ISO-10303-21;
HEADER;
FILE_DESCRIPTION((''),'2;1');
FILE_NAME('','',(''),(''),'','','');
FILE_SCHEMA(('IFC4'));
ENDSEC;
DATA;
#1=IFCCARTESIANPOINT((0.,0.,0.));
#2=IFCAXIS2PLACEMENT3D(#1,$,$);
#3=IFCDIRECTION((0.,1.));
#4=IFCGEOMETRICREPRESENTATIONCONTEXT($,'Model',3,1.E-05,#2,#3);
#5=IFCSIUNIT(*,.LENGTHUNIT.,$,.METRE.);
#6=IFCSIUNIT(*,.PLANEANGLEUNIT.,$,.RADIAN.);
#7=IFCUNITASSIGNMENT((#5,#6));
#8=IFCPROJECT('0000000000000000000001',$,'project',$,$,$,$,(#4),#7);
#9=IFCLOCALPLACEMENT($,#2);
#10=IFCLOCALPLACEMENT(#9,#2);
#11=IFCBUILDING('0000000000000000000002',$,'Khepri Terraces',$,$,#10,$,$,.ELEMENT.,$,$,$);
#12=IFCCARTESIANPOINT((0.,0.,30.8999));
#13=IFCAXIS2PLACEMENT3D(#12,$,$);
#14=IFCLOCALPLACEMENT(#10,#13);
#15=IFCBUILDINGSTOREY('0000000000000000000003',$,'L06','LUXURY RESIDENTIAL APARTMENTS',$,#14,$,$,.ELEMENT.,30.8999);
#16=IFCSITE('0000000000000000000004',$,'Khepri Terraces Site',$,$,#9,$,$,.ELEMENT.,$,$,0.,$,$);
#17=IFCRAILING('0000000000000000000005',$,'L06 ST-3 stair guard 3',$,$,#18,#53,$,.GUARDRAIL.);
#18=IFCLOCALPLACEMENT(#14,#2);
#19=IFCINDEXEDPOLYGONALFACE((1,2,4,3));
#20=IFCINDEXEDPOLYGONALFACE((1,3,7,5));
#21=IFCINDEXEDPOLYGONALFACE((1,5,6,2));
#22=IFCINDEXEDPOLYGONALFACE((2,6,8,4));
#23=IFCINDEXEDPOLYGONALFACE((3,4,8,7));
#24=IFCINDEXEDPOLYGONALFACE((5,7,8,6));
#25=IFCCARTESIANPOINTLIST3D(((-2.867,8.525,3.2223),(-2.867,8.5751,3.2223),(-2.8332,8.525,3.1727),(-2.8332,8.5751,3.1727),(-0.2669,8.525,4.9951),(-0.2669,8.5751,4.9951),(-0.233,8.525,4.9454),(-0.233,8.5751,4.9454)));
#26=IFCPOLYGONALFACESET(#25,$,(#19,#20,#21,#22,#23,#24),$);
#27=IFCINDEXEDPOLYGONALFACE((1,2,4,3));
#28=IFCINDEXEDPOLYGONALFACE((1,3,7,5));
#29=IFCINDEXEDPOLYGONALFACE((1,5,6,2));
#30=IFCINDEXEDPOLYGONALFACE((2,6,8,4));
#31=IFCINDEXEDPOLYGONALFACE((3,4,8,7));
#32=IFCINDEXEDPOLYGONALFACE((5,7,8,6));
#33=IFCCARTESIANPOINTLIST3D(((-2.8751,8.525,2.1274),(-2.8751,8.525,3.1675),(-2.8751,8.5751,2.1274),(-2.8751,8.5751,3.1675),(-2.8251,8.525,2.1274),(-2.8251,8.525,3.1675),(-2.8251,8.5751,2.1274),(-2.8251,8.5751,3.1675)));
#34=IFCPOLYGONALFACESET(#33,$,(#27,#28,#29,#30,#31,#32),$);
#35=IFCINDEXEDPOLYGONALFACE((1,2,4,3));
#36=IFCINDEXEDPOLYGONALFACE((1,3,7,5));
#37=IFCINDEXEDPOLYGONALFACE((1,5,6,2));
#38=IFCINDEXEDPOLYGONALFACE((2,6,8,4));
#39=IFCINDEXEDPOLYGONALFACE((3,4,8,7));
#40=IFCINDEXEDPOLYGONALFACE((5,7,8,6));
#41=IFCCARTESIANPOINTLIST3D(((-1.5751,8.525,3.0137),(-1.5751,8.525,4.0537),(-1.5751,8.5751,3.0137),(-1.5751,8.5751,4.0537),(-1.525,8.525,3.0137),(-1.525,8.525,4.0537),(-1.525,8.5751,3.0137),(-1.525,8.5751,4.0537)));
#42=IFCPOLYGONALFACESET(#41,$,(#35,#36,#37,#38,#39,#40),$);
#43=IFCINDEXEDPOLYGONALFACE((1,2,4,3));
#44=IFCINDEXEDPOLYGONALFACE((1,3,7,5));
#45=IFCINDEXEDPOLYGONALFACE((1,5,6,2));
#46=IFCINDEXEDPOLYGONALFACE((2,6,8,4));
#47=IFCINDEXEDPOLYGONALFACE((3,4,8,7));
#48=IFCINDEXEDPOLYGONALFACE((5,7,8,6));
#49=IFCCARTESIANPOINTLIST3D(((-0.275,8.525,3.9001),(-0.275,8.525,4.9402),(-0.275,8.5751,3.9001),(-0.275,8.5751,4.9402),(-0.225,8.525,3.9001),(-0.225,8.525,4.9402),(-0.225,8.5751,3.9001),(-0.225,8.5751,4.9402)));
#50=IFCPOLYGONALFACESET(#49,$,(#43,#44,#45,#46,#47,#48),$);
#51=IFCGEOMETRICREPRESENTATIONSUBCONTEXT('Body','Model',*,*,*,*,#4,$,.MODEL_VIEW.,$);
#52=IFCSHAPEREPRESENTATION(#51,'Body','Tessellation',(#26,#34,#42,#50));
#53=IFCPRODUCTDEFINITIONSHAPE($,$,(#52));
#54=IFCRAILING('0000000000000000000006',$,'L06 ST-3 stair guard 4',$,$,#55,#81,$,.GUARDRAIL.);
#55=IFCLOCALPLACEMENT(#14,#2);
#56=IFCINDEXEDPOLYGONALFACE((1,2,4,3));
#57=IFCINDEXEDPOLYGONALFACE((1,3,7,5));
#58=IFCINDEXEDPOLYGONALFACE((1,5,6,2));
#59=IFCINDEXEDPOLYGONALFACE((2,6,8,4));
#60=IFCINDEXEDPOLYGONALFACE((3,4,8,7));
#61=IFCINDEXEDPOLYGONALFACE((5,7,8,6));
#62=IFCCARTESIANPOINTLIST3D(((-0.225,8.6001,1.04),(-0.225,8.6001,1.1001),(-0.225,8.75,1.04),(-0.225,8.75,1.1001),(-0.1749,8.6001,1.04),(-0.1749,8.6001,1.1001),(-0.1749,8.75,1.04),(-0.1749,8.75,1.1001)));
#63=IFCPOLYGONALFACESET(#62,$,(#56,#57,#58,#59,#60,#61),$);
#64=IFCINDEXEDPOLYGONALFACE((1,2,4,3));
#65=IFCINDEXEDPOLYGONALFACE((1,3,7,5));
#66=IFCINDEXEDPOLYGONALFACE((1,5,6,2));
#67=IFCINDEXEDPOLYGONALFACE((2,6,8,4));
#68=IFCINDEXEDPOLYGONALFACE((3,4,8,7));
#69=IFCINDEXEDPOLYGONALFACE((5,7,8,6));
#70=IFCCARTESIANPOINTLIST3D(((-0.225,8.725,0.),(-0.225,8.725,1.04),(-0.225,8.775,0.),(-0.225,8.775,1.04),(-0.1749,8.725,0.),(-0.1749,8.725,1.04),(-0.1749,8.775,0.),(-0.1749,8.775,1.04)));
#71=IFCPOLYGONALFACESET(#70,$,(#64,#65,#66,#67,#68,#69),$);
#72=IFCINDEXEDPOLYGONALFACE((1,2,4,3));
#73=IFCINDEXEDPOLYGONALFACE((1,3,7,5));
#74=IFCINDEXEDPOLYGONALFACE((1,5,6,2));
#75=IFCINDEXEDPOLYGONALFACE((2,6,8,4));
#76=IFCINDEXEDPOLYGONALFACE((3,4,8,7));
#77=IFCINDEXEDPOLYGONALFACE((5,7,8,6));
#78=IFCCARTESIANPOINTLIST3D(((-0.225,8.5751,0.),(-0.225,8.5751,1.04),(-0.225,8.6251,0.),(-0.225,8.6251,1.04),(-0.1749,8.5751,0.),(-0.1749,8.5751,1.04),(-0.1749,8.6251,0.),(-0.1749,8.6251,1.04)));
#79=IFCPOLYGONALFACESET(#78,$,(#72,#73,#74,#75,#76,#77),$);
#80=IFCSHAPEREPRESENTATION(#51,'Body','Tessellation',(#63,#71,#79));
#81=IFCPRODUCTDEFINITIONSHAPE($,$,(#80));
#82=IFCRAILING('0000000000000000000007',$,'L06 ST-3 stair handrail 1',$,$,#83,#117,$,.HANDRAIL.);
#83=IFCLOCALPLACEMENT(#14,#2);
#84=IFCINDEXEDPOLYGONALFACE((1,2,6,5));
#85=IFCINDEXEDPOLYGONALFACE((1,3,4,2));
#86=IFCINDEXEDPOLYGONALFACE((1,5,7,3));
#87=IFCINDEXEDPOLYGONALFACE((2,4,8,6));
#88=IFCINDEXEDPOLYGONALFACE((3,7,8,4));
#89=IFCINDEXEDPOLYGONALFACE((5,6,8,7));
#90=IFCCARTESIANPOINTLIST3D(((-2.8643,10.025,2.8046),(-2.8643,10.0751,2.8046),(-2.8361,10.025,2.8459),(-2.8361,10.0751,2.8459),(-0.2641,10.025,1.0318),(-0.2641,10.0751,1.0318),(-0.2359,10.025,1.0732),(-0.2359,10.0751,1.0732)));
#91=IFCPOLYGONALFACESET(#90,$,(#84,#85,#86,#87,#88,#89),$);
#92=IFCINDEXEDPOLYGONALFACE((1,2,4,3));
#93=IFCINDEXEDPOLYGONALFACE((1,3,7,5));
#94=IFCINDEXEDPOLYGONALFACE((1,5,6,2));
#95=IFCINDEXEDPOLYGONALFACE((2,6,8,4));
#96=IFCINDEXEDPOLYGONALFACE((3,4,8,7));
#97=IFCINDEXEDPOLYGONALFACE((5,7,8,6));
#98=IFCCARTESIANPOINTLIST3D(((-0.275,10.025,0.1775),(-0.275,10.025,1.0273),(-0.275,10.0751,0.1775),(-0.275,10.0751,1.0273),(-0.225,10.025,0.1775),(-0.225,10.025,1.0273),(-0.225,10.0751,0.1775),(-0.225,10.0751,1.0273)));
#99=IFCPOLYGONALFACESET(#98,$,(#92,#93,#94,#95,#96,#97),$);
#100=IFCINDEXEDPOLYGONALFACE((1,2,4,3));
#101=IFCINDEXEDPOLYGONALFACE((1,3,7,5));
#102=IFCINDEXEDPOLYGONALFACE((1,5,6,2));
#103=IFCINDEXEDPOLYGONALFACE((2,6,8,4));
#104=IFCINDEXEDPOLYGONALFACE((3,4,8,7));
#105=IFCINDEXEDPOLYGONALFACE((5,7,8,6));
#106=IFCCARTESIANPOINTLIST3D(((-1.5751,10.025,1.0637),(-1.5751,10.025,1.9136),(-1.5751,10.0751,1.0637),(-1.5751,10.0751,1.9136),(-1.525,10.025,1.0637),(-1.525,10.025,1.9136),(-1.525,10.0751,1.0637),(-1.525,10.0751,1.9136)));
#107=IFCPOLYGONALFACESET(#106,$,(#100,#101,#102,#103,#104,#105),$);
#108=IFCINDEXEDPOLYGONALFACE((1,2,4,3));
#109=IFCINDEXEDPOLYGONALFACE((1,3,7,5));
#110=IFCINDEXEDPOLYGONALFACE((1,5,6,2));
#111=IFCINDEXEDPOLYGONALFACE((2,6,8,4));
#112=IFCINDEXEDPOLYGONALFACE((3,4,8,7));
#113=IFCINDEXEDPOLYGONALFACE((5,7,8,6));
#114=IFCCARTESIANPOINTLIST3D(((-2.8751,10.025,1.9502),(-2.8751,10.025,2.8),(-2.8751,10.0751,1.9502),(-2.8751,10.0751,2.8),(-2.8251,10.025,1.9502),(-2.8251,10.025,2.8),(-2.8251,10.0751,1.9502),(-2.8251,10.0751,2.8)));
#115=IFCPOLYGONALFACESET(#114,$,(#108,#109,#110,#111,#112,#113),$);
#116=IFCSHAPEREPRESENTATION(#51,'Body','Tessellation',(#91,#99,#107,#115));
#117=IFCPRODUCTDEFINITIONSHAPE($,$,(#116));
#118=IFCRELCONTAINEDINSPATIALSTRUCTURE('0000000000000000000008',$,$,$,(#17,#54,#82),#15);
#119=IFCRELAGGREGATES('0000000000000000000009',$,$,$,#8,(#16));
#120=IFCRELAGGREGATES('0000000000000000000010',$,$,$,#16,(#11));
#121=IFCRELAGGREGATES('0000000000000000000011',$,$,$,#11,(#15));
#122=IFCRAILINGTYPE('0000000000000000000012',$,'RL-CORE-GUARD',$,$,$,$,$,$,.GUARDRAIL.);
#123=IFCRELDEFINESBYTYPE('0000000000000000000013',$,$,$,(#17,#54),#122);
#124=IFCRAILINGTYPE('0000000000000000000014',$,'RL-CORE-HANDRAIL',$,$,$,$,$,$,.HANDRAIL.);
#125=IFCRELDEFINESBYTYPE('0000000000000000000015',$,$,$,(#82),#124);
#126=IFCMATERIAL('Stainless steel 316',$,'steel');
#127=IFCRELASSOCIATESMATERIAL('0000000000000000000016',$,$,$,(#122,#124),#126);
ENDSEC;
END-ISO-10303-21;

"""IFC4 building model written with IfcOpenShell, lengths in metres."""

from ifc_helpers import new_model, si_unit, direction, frame, origin, origin_2d, place, context, subcontext, project, spatial, rectangle, extrude, material, type_object, element, save


model = new_model("IFC4")

# Units and contexts
model_context = context("Model", 3, precision=1e-05, world=origin(), true_north=direction((0.0, 1.0)))
body_context = subcontext(model_context, "Body", "Model", "MODEL_VIEW")
ifc_project = project(units=[si_unit("LENGTHUNIT", "METRE"), si_unit("PLANEANGLEUNIT", "RADIAN")], contexts=[model_context])

# Site, building, storey
site_placement = place(None, origin())
site = spatial("IfcSite", under=ifc_project, at=site_placement, Name="Khepri Terraces Site", CompositionType="ELEMENT", RefElevation=0.0)
building_placement = place(site_placement, origin())
building = spatial("IfcBuilding", under=site, at=building_placement, Name="Khepri Terraces", CompositionType="ELEMENT")
storey_placement = place(building_placement, frame((0.0, 0.0, 30.8999)))
storey = spatial("IfcBuildingStorey", under=building, at=storey_placement, Name="L06", Description="LUXURY RESIDENTIAL APARTMENTS", CompositionType="ELEMENT", Elevation=30.8999)

# Railings
ifc_material_1 = material(Name="Stainless steel 316", Category="steel")
railing_type_1 = type_object("IfcRailingType", Name="RL-CORE-GUARD", PredefinedType="GUARDRAIL", material=ifc_material_1)
railing_1_placement = place(storey_placement, frame((-2.8501, 8.55, 2.1274)))
element("IfcRailing", 1, at=railing_1_placement, inside=storey, type_object=railing_type_1, Name="L06 ST-3 stair guard 3", PredefinedType="GUARDRAIL", context=body_context, shape_type="SweptSolid", body=[
    extrude(rectangle(XDim=0.05, YDim=0.0601, at=origin_2d()), frame((0.0, 0.0, 1.0701), z_axis=(0.82624, 0.0, 0.563318), x_axis=(0.0, 1.0, 0.0)), (0.0, 0.0, 1.0), 3.147),
    extrude(rectangle(XDim=0.05, YDim=0.05, at=origin_2d()), origin(), (0.0, 0.0, 1.0), 1.04),
    extrude(rectangle(XDim=0.05, YDim=0.05, at=origin_2d()), frame((1.3, 0.0, 0.8862)), (0.0, 0.0, 1.0), 1.04),
    extrude(rectangle(XDim=0.05, YDim=0.05, at=origin_2d()), frame((2.6001, 0.0, 1.7727)), (0.0, 0.0, 1.0), 1.04),
])
railing_2_placement = place(storey_placement, frame((-0.2, 8.75, 0.0)))
element("IfcRailing", 2, at=railing_2_placement, inside=storey, type_object=railing_type_1, Name="L06 ST-3 stair guard 4", PredefinedType="GUARDRAIL", context=body_context, shape_type="SweptSolid", body=[
    extrude(rectangle(XDim=0.05, YDim=0.0601, at=origin_2d()), frame((0.0, 0.0, 1.0701), z_axis=(0.0, -1.0, 0.0), x_axis=(1.0, 0.0, 0.0)), (0.0, 0.0, 1.0), 0.1499),
    extrude(rectangle(XDim=0.05, YDim=0.05, at=origin_2d()), origin(), (0.0, 0.0, 1.0), 1.04),
    extrude(rectangle(XDim=0.05, YDim=0.05, at=origin_2d()), frame((0.0, -0.1499, 0.0)), (0.0, 0.0, 1.0), 1.04),
])
railing_type_2 = type_object("IfcRailingType", Name="RL-CORE-HANDRAIL", PredefinedType="HANDRAIL", material=ifc_material_1)
railing_3_placement = place(storey_placement, frame((-0.25, 10.05, 0.1775)))
element("IfcRailing", 3, at=railing_3_placement, inside=storey, type_object=railing_type_2, Name="L06 ST-3 stair handrail 1", PredefinedType="HANDRAIL", context=body_context, shape_type="SweptSolid", body=[
    extrude(rectangle(XDim=0.05, YDim=0.05, at=origin_2d()), frame((0.0, 0.0, 0.875), z_axis=(-0.82624, 0.0, 0.563318), x_axis=(0.0, -1.0, 0.0)), (0.0, 0.0, 1.0), 3.147),
    extrude(rectangle(XDim=0.05, YDim=0.05, at=origin_2d()), origin(), (0.0, 0.0, 1.0), 0.8499),
    extrude(rectangle(XDim=0.05, YDim=0.05, at=origin_2d()), frame((-1.3, 0.0, 0.8862)), (0.0, 0.0, 1.0), 0.8499),
    extrude(rectangle(XDim=0.05, YDim=0.05, at=origin_2d()), frame((-2.6001, 0.0, 1.7727)), (0.0, 0.0, 1.0), 0.8499),
])

save(model, "model.ifc")
